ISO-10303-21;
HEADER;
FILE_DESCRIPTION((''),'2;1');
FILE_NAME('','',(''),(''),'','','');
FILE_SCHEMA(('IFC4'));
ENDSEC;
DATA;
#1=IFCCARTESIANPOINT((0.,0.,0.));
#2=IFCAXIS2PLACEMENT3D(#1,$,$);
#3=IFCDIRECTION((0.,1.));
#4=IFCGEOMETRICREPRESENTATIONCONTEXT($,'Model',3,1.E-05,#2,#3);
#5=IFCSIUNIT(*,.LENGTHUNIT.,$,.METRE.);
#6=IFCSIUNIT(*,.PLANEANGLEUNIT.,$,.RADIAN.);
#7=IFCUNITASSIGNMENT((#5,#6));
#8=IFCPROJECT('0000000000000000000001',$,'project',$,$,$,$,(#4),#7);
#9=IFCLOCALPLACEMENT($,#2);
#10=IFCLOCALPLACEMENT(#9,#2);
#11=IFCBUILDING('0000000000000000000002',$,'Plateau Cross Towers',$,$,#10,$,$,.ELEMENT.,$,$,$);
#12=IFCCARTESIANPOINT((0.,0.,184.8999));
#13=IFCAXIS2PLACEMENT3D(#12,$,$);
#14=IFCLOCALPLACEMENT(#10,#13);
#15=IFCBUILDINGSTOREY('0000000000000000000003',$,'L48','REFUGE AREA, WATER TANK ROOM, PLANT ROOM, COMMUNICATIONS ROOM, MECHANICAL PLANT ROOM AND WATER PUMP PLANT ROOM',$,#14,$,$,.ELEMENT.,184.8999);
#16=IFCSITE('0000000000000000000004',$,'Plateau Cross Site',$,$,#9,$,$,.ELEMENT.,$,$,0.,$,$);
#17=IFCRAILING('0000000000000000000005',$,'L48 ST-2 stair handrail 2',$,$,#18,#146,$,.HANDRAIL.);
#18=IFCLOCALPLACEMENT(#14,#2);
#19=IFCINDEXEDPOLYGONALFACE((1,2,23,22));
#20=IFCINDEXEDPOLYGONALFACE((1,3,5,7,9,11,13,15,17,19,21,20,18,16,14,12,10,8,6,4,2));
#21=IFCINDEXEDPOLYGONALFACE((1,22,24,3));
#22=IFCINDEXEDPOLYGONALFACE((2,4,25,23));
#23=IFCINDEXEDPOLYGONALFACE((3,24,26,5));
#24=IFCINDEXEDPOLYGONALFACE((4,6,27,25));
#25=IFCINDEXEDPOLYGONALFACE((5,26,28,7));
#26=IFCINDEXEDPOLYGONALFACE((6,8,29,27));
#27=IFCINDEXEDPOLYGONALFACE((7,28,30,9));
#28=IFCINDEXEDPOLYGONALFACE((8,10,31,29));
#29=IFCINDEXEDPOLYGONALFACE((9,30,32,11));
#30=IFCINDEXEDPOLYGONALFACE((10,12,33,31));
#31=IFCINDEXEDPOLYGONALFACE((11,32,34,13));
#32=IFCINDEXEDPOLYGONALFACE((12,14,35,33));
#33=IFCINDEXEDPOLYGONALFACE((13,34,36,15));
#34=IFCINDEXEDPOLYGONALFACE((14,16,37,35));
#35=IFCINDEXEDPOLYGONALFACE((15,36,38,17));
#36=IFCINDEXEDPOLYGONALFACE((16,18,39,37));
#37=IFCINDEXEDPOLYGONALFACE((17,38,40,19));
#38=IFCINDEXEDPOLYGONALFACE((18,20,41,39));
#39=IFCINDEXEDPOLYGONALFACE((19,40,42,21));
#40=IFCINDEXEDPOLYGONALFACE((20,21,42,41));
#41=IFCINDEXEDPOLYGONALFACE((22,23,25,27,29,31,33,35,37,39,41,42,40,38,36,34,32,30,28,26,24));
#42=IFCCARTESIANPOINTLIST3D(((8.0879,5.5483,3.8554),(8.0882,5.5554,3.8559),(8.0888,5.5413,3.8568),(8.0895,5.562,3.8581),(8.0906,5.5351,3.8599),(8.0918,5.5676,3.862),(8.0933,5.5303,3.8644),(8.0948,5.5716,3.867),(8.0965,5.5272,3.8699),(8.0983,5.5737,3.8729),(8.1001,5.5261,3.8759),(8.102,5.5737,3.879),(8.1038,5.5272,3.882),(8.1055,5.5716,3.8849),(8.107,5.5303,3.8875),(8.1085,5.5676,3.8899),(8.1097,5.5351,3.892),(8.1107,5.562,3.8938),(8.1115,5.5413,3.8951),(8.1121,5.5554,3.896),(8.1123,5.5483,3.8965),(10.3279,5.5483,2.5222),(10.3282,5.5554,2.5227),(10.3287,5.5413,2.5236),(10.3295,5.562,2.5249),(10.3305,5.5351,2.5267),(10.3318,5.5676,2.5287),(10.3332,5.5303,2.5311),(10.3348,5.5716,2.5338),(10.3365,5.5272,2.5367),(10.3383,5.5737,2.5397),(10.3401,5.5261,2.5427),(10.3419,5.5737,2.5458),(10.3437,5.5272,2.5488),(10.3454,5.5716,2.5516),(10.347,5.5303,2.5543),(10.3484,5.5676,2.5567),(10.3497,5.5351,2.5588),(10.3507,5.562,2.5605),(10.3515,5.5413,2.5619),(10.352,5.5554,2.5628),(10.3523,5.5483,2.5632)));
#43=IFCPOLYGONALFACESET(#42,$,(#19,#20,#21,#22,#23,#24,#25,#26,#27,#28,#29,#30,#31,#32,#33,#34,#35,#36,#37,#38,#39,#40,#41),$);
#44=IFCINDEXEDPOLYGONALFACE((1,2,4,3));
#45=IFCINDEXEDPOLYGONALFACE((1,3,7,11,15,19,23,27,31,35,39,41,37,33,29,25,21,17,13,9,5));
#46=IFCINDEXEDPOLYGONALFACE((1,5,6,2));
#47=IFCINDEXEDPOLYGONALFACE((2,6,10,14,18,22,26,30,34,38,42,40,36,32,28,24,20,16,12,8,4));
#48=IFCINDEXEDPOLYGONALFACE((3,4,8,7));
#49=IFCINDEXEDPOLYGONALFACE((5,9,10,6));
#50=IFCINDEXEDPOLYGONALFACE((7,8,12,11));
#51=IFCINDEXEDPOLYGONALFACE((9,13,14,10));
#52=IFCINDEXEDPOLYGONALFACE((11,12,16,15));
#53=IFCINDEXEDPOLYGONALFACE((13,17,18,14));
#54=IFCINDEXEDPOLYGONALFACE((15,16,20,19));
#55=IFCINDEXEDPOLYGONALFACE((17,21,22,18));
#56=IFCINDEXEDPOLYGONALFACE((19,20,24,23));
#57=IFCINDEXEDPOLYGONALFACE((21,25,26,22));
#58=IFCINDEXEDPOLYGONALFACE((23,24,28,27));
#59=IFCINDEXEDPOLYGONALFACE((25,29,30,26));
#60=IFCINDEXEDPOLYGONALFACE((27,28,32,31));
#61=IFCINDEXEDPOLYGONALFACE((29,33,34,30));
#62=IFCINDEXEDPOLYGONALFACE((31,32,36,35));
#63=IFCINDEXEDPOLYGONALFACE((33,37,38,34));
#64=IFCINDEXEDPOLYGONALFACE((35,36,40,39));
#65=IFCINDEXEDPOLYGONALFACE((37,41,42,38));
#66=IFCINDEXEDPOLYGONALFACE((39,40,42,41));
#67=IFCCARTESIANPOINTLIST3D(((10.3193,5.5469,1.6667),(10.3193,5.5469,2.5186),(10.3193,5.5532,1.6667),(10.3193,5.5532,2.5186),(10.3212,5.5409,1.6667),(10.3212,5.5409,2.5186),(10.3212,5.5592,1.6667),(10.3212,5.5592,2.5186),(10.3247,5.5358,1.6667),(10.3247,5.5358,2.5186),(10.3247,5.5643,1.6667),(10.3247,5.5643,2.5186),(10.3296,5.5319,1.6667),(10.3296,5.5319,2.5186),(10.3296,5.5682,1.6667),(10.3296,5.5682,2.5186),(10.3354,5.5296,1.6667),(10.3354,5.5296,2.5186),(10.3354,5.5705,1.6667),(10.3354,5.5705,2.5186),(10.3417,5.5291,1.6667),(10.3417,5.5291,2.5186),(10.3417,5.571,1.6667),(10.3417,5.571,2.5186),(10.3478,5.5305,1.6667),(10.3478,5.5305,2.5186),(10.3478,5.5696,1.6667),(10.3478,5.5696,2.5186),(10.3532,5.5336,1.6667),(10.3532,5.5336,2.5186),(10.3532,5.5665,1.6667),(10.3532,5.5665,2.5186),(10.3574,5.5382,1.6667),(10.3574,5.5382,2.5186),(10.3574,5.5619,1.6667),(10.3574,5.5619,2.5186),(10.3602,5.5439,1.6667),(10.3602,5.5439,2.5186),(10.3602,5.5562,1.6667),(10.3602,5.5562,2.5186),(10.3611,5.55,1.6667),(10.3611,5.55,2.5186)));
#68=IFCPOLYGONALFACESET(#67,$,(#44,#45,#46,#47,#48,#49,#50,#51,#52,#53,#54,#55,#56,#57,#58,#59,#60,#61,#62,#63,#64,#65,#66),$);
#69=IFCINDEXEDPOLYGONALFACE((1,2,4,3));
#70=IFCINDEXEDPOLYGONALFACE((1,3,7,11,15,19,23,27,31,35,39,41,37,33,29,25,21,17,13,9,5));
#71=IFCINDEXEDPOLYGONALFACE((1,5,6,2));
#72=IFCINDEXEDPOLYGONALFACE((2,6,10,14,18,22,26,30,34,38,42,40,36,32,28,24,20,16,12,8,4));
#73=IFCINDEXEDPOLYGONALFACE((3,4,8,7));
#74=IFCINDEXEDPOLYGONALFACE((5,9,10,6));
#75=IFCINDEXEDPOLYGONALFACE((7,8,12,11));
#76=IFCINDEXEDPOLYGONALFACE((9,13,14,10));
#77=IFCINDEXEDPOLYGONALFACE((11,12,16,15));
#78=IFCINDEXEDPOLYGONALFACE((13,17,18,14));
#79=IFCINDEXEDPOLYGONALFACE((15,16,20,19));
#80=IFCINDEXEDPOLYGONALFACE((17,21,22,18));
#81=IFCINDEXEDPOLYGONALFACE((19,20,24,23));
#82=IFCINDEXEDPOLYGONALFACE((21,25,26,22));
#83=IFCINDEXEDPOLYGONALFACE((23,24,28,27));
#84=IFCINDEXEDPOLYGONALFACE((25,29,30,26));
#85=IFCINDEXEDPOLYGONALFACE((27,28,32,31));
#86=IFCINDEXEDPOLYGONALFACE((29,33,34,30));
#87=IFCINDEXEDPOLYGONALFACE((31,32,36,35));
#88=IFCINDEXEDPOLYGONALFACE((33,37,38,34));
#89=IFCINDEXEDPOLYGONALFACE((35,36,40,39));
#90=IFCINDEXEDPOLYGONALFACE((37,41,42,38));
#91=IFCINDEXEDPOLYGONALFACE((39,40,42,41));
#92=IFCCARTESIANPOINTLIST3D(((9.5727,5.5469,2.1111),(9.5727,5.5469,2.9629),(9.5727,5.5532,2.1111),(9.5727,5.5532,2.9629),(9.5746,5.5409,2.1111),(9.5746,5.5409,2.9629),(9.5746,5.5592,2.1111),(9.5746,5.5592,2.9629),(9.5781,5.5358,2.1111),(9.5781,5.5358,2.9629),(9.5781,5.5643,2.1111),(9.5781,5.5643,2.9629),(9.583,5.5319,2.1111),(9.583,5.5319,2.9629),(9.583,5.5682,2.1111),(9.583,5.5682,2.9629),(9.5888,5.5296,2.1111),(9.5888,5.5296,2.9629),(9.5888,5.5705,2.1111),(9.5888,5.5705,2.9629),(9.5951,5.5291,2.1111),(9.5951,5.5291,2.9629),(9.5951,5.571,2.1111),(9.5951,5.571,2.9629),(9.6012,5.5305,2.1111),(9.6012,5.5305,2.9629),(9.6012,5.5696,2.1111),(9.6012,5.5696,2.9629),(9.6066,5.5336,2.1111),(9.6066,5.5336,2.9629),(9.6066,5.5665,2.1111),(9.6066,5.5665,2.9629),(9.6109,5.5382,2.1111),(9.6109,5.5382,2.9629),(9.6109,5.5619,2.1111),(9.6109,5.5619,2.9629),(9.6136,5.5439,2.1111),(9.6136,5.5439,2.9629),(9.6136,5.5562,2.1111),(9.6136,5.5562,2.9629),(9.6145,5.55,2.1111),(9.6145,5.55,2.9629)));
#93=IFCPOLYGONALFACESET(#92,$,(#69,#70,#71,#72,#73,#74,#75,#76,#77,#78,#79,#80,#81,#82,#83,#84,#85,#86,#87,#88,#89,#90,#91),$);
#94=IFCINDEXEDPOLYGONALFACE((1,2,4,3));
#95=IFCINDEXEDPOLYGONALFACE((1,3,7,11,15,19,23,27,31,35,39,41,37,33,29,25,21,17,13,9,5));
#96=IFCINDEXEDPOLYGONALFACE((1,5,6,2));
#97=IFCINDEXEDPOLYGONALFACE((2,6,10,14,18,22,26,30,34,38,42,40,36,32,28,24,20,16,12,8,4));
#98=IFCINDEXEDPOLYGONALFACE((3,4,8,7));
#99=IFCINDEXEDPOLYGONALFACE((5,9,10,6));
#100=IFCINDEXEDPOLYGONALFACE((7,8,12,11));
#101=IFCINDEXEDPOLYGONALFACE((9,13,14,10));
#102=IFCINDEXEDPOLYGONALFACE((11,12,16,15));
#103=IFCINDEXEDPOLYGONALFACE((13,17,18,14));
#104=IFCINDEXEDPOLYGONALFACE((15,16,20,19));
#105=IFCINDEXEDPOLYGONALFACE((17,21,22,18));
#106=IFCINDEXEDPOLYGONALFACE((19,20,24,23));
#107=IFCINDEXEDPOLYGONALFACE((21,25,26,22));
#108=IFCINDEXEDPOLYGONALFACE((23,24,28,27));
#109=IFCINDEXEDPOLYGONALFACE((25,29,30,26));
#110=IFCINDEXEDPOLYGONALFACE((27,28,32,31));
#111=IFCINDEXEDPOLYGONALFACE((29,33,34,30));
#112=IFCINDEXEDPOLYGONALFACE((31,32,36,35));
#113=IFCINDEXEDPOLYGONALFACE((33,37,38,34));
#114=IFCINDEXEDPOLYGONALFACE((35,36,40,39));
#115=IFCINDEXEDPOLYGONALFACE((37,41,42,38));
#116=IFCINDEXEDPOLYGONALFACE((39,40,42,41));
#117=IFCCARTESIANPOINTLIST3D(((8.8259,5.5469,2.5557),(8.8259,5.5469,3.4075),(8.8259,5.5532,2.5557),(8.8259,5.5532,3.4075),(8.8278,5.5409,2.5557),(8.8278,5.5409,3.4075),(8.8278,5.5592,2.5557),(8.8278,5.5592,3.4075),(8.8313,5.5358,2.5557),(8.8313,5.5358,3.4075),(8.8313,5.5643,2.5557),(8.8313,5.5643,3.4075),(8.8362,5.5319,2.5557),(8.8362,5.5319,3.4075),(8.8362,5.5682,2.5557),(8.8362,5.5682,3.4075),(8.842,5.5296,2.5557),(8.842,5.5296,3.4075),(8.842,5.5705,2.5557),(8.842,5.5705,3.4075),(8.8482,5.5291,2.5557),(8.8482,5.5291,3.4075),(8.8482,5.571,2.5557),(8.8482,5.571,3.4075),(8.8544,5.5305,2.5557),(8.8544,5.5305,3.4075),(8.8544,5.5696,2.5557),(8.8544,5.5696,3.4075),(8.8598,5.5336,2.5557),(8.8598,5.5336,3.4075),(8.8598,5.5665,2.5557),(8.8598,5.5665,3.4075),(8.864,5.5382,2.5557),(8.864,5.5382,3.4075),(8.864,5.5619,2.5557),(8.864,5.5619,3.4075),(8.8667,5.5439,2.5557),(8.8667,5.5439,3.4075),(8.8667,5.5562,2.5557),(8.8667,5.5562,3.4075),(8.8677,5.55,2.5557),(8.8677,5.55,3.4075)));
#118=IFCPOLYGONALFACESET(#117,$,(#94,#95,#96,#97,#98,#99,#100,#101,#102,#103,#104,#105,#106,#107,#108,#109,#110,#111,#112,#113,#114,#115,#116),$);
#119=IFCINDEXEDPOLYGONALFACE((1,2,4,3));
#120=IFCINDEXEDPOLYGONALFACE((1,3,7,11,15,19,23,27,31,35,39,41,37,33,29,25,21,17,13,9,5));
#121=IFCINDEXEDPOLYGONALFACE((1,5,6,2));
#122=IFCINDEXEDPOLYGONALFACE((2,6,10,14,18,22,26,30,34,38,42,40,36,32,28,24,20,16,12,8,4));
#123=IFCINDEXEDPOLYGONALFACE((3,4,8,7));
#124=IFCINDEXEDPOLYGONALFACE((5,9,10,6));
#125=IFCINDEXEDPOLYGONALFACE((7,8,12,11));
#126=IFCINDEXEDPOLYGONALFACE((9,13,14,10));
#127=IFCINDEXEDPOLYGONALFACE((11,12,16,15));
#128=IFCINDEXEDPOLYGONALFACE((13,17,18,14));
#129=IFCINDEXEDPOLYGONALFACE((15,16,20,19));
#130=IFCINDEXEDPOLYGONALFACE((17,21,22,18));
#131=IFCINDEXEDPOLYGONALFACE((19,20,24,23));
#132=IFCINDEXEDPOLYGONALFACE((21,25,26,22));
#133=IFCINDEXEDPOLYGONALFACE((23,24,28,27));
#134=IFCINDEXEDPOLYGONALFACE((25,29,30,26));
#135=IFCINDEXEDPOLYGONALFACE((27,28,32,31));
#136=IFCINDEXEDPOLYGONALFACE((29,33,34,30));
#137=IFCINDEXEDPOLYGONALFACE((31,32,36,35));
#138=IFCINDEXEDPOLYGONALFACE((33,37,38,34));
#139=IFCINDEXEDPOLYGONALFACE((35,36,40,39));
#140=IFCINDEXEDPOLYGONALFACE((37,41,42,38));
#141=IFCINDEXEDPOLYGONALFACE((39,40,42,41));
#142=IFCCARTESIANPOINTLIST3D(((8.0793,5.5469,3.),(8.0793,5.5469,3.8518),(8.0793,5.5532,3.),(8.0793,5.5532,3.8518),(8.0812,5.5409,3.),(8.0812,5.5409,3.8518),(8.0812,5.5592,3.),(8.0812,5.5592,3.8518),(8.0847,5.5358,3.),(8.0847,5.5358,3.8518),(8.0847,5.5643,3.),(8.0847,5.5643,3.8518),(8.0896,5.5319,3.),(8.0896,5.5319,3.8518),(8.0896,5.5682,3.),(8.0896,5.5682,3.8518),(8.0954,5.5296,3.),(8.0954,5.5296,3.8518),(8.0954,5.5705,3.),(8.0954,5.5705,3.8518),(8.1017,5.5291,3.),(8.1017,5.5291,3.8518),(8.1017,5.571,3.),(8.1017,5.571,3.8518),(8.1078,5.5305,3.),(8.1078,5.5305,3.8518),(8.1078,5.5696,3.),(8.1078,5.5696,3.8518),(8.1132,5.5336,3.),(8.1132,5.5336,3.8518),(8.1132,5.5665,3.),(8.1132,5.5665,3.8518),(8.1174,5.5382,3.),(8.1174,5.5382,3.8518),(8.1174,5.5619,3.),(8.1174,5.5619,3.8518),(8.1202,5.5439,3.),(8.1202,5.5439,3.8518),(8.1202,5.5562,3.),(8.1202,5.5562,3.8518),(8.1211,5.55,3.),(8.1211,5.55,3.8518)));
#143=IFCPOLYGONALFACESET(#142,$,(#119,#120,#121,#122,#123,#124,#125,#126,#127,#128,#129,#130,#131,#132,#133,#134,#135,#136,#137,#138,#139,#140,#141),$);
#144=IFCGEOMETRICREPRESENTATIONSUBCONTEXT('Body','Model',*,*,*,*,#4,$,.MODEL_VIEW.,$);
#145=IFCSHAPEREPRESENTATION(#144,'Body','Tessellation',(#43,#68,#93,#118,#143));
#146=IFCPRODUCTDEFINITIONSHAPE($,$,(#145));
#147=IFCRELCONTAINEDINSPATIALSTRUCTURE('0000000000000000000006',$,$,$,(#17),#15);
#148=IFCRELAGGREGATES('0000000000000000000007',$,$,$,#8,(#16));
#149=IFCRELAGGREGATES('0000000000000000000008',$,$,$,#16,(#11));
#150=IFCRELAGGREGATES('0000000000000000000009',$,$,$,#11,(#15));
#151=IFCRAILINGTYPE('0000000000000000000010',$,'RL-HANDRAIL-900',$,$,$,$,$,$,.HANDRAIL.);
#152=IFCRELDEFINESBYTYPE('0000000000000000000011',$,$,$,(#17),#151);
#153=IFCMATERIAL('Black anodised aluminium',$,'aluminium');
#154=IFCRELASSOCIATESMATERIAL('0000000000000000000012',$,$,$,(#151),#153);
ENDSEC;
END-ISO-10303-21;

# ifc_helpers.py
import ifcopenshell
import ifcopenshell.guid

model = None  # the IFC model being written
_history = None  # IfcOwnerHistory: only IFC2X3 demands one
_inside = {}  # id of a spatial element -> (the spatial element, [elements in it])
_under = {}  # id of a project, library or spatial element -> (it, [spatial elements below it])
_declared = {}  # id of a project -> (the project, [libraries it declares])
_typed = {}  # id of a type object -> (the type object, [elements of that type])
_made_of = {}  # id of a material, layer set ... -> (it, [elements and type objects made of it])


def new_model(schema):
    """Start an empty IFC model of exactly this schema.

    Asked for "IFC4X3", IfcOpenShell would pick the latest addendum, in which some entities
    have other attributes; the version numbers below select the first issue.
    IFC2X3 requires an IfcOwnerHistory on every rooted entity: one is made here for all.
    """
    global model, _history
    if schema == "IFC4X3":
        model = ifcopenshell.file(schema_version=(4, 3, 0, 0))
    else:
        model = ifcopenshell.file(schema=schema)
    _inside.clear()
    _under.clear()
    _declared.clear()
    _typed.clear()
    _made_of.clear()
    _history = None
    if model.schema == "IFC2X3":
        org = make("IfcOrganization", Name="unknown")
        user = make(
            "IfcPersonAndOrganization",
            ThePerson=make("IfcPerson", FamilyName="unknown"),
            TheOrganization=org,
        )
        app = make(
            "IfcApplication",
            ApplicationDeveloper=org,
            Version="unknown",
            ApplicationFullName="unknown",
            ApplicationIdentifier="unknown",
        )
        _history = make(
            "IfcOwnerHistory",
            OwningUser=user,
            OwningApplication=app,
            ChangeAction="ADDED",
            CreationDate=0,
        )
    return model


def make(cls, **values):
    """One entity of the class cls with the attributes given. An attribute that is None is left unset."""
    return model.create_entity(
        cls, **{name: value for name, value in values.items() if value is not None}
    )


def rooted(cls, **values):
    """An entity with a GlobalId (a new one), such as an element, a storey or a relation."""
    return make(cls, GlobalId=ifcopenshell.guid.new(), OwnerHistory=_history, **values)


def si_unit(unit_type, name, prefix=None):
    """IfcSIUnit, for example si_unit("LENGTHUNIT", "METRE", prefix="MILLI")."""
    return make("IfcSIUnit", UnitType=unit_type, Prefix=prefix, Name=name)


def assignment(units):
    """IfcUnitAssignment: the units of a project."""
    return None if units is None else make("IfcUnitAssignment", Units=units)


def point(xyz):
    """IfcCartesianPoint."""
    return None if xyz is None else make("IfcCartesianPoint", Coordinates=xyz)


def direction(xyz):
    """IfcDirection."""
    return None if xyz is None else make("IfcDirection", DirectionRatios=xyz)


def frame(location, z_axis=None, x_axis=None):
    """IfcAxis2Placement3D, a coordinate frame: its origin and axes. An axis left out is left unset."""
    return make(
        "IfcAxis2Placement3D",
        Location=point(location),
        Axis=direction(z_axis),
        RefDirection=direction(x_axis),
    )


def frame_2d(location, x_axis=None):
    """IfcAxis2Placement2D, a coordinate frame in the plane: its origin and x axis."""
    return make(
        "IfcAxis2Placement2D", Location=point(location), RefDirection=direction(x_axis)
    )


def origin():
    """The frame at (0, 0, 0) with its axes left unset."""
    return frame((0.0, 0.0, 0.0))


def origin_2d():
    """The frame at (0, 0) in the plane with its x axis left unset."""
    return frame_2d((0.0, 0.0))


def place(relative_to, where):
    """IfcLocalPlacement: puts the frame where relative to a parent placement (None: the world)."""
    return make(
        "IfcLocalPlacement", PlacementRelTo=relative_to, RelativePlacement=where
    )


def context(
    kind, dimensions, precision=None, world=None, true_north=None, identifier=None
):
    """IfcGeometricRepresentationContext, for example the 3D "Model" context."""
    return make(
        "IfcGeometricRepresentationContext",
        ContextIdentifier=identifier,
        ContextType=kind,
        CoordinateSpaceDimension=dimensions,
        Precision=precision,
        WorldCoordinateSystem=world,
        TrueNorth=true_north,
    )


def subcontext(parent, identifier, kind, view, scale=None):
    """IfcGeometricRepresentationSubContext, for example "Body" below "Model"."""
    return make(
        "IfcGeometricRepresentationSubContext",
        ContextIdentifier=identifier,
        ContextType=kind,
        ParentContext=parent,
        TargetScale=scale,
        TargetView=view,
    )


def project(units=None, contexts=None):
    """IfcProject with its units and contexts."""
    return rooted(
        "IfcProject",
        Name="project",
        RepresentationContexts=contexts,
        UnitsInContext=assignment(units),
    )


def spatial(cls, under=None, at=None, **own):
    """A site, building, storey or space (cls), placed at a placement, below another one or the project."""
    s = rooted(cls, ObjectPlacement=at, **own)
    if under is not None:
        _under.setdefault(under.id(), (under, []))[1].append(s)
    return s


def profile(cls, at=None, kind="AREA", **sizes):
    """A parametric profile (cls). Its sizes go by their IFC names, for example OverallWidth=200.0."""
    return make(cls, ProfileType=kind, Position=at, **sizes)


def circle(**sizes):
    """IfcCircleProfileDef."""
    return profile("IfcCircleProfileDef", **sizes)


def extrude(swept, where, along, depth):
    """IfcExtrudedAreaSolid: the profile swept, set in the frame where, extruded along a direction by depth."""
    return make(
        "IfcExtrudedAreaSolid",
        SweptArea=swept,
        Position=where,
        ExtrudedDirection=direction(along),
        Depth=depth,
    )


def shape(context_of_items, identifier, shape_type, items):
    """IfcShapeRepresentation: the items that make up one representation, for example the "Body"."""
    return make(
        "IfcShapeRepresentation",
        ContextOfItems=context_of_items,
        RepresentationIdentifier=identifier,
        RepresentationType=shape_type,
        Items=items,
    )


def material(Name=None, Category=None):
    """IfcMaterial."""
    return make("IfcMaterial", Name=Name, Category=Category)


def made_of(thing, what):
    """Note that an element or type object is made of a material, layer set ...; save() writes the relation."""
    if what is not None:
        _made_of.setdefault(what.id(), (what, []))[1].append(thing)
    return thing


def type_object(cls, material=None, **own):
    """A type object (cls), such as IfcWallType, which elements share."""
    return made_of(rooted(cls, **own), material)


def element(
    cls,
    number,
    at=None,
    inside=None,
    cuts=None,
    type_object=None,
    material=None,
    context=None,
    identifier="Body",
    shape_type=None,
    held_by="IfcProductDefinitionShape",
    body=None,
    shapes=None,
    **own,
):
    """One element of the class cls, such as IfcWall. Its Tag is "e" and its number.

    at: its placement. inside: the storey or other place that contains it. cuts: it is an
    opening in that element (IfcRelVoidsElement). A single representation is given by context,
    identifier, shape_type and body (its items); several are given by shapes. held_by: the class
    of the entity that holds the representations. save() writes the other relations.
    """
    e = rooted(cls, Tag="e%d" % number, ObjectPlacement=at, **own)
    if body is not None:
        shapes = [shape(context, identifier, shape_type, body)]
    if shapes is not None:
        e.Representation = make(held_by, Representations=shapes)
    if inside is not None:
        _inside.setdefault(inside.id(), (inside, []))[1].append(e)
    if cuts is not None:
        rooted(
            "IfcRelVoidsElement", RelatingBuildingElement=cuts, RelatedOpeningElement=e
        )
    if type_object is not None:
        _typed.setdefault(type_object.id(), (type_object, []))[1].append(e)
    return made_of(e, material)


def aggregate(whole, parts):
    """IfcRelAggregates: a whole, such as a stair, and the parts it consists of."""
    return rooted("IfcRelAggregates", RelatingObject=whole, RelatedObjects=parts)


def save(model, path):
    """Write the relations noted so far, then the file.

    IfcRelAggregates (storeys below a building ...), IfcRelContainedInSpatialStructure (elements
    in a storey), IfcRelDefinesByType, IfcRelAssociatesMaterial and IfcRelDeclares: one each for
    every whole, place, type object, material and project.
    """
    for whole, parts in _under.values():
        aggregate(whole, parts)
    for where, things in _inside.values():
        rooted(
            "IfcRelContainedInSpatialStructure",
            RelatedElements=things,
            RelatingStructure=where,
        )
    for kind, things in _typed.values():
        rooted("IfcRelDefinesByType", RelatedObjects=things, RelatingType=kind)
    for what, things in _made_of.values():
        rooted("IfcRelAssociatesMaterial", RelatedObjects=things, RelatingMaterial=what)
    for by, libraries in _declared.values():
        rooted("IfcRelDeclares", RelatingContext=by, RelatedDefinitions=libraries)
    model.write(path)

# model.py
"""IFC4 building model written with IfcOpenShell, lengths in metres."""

from ifc_helpers import new_model, si_unit, direction, frame, origin, origin_2d, place, context, subcontext, project, spatial, circle, extrude, material, type_object, element, save


model = new_model("IFC4")

# Units and contexts
model_context = context("Model", 3, precision=1e-05, world=origin(), true_north=direction((0.0, 1.0)))
body_context = subcontext(model_context, "Body", "Model", "MODEL_VIEW")
ifc_project = project(units=[si_unit("LENGTHUNIT", "METRE"), si_unit("PLANEANGLEUNIT", "RADIAN")], contexts=[model_context])

# Site, building, storey
site_placement = place(None, origin())
site = spatial("IfcSite", under=ifc_project, at=site_placement, Name="Plateau Cross Site", CompositionType="ELEMENT", RefElevation=0.0)
building_placement = place(site_placement, origin())
building = spatial("IfcBuilding", under=site, at=building_placement, Name="Plateau Cross Towers", CompositionType="ELEMENT")
storey_placement = place(building_placement, frame((0.0, 0.0, 184.8999)))
storey = spatial("IfcBuildingStorey", under=building, at=storey_placement, Name="L48", Description="REFUGE AREA, WATER TANK ROOM, PLANT ROOM, COMMUNICATIONS ROOM, MECHANICAL PLANT ROOM AND WATER PUMP PLANT ROOM", CompositionType="ELEMENT", Elevation=184.8999)

# Railing
ifc_material_1 = material(Name="Black anodised aluminium", Category="aluminium")
railing_type_1 = type_object("IfcRailingType", Name="RL-HANDRAIL-900", PredefinedType="HANDRAIL", material=ifc_material_1)
railing_1_placement = place(storey_placement, frame((10.3401, 5.55, 1.6667)))
element("IfcRailing", 1, at=railing_1_placement, inside=storey, type_object=railing_type_1, Name="L48 ST-2 stair handrail 2", PredefinedType="HANDRAIL", context=body_context, shape_type="SweptSolid", body=[
    extrude(circle(Radius=0.0239, at=origin_2d()), frame((0.0, 0.0, 0.876), z_axis=(-0.859306, 0.0, 0.511462), x_axis=(0.0, -1.0, 0.0)), (0.0, 0.0, 1.0), 2.6067),
    extrude(circle(Radius=0.021, at=origin_2d()), origin(), (0.0, 0.0, 1.0), 0.8518),
    extrude(circle(Radius=0.021, at=origin_2d()), frame((-0.7466, 0.0, 0.4443)), (0.0, 0.0, 1.0), 0.8518),
    extrude(circle(Radius=0.021, at=origin_2d()), frame((-1.4934, 0.0, 0.8889)), (0.0, 0.0, 1.0), 0.8518),
    extrude(circle(Radius=0.021, at=origin_2d()), frame((-2.24, 0.0, 1.3333)), (0.0, 0.0, 1.0), 0.8518),
])

save(model, "model.ifc")
